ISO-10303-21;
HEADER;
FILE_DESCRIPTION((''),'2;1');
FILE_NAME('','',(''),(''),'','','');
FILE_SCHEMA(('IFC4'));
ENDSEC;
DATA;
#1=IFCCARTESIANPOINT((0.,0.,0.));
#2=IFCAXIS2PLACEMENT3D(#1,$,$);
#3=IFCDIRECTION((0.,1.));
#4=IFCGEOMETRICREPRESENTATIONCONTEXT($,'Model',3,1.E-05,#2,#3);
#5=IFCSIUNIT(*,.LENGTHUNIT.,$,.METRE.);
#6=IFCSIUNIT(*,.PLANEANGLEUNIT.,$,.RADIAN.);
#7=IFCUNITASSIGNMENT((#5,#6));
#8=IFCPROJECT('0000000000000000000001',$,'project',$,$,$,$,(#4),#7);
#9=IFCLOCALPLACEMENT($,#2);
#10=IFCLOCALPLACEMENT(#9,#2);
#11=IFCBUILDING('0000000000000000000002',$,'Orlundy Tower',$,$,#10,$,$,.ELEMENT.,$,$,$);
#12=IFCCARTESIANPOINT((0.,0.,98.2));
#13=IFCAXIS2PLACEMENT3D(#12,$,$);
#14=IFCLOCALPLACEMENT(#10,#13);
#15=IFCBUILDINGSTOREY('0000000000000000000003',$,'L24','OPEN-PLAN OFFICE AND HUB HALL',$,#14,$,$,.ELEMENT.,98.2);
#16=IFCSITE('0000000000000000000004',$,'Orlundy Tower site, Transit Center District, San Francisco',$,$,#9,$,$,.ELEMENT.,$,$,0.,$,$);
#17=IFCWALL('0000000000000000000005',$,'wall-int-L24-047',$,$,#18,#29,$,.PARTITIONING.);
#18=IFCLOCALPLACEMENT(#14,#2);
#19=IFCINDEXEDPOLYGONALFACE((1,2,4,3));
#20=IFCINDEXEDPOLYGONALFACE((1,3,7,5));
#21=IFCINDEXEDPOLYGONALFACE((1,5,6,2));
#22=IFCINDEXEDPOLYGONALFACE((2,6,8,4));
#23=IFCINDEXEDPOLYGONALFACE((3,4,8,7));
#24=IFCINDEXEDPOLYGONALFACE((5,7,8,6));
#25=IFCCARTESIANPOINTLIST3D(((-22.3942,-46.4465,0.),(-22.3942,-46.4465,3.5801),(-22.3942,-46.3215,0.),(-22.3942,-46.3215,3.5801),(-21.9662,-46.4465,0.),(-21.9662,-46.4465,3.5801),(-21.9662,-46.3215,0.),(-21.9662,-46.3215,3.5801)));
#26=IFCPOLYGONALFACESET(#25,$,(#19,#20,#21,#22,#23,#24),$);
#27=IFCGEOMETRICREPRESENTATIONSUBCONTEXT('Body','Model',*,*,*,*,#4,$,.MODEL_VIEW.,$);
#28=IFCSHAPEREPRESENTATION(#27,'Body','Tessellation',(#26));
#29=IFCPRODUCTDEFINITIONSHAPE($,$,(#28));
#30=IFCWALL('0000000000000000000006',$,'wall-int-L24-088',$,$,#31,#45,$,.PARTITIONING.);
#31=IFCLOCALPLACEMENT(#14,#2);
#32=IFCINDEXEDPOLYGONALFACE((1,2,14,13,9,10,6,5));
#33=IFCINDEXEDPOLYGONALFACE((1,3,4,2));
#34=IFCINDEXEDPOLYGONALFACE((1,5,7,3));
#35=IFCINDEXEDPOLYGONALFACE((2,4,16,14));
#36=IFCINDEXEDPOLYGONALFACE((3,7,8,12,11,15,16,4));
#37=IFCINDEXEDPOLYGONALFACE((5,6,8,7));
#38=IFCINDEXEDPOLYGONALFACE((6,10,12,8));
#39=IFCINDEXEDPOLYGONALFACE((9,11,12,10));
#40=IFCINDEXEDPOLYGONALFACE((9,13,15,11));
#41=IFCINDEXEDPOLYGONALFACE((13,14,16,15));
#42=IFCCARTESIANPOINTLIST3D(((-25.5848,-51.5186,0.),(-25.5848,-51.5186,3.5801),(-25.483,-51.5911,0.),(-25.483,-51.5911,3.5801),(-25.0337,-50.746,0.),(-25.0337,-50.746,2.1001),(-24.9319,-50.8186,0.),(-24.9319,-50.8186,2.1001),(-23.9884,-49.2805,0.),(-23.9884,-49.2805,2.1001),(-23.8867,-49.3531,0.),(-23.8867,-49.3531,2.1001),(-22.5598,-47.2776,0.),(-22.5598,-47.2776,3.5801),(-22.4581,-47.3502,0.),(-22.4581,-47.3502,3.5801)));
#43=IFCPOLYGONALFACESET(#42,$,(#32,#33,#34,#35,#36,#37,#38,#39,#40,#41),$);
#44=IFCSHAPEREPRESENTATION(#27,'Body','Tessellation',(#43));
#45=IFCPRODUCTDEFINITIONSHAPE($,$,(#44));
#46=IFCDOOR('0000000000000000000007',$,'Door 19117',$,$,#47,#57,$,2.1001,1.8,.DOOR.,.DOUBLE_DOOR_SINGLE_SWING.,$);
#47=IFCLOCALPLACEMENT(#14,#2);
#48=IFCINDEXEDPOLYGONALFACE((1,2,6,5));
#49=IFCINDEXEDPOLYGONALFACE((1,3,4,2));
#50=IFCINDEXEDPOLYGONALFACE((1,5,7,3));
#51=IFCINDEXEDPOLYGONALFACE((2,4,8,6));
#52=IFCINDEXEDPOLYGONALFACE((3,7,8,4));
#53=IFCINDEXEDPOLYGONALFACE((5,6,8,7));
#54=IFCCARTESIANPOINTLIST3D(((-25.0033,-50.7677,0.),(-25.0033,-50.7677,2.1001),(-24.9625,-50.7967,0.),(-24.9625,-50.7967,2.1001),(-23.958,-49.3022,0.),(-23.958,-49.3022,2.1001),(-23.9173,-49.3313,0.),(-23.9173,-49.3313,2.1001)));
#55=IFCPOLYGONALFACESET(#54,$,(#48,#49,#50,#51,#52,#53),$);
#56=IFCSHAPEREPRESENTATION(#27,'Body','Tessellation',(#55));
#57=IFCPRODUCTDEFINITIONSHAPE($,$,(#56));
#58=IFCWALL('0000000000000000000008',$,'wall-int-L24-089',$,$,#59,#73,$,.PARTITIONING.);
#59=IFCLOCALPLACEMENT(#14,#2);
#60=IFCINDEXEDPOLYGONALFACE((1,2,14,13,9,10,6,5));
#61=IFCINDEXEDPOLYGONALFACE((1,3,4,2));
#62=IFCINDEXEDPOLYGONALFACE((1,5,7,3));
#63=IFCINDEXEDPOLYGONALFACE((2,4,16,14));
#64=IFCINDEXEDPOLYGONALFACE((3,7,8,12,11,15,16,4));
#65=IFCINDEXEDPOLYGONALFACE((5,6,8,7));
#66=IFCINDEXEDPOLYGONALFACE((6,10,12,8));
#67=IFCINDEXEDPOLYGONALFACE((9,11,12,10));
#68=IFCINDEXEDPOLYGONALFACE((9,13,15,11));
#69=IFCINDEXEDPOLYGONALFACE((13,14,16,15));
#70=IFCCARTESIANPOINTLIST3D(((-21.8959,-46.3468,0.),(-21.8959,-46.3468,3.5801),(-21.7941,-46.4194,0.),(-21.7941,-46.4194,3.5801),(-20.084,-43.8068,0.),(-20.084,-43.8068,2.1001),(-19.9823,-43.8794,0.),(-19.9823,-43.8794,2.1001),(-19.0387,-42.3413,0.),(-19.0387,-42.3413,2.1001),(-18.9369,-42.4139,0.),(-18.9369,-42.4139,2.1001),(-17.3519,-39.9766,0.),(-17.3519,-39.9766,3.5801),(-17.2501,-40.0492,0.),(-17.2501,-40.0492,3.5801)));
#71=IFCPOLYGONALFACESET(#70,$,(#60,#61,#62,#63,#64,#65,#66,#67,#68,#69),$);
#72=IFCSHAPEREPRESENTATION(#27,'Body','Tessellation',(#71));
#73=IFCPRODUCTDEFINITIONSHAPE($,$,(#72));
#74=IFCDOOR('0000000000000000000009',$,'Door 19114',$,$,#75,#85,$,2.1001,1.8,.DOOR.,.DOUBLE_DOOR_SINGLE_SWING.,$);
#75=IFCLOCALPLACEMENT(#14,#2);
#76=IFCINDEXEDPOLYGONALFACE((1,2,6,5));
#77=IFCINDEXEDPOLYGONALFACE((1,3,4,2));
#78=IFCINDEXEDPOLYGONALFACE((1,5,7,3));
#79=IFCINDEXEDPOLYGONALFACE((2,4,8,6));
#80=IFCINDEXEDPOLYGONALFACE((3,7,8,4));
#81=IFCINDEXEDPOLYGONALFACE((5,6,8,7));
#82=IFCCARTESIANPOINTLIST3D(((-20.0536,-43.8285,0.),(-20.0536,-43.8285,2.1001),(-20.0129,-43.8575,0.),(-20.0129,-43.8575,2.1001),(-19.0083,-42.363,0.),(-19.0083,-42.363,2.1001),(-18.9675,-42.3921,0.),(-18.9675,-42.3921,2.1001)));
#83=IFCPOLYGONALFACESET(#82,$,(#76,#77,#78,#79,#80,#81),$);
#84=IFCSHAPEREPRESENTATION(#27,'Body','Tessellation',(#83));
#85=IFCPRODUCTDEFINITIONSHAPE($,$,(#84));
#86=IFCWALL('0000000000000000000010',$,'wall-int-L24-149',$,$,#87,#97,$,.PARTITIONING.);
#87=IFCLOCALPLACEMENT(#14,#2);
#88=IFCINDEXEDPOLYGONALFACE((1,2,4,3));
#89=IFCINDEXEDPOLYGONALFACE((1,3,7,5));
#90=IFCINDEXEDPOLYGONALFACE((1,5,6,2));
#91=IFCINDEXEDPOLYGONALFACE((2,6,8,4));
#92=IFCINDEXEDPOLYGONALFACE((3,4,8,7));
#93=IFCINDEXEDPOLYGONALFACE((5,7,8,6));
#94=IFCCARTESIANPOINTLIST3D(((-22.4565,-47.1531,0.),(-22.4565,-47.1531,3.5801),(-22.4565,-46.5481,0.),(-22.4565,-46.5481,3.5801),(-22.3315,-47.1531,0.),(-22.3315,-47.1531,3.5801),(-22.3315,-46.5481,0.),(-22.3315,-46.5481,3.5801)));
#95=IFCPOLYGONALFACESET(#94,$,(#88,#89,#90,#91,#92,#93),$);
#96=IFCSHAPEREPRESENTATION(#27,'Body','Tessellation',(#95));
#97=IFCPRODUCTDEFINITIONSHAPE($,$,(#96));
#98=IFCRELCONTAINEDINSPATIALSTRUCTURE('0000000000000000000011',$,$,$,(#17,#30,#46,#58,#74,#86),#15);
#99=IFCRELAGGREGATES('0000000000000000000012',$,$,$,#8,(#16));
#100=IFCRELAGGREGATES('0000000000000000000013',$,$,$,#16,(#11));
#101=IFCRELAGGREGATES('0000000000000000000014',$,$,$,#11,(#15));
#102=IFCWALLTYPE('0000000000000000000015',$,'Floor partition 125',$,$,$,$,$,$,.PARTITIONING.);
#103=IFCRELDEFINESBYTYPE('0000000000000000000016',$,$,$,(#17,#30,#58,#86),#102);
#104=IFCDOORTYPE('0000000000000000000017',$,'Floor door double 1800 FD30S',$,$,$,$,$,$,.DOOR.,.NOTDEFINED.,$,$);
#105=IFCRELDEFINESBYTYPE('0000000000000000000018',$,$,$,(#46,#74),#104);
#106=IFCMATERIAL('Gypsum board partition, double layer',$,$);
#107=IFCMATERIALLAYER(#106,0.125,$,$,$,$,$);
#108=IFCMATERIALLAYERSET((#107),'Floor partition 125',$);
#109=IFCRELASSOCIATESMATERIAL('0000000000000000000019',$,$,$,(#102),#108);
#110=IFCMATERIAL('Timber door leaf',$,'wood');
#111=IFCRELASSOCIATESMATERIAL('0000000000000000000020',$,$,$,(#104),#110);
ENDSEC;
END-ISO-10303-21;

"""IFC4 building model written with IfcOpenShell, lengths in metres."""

from ifc_helpers import new_model, si_unit, direction, frame, frame_2d, origin, place, context, subcontext, project, spatial, rectangle, extrude, material, layer, layer_set, type_object, element, fill, save


model = new_model("IFC4")

# Units and contexts
model_context = context("Model", 3, precision=1e-05, world=origin(), true_north=direction((0.0, 1.0)))
body_context = subcontext(model_context, "Body", "Model", "MODEL_VIEW")
ifc_project = project(units=[si_unit("LENGTHUNIT", "METRE"), si_unit("PLANEANGLEUNIT", "RADIAN")], contexts=[model_context])

# Site, building, storey
site_placement = place(None, origin())
site = spatial("IfcSite", under=ifc_project, at=site_placement, Name="Orlundy Tower site, Transit Center District, San Francisco", CompositionType="ELEMENT", RefElevation=0.0)
building_placement = place(site_placement, origin())
building = spatial("IfcBuilding", under=site, at=building_placement, Name="Orlundy Tower", CompositionType="ELEMENT")
storey_placement = place(building_placement, frame((0.0, 0.0, 98.2)))
storey = spatial("IfcBuildingStorey", under=building, at=storey_placement, Name="L24", Description="OPEN-PLAN OFFICE AND HUB HALL", CompositionType="ELEMENT", Elevation=98.2)

# Wall
ifc_material_1 = material(Name="Gypsum board partition, double layer")
ifc_layer_1 = layer(ifc_material_1, 0.125)
ifc_layer_set_1 = layer_set([ifc_layer_1], Name="Floor partition 125")
wall_type_1 = type_object("IfcWallType", Name="Floor partition 125", PredefinedType="PARTITIONING", material=ifc_layer_set_1)
wall_1_placement = place(storey_placement, frame((-22.394, -46.384, 0.0), z_axis=(0.0, 0.0, 1.0), x_axis=(1.0, 0.0, 0.0)))
element("IfcWall", 1, at=wall_1_placement, inside=storey, type_object=wall_type_1, Name="wall-int-L24-047", PredefinedType="PARTITIONING", context=body_context, shape_type="SweptSolid", body=[
    extrude(rectangle(XDim=0.428, YDim=0.125, at=frame_2d((0.2139, 0.0))), origin(), (0.0, 0.0, 1.0), 3.5801),
])

# Walls, openings, doors
wall_2_placement = place(storey_placement, frame((-22.509, -47.314, 0.0), z_axis=(0.0, 0.0, 1.0), x_axis=(-0.580684, -0.814129, 0.0)))
wall_2 = element("IfcWall", 2, at=wall_2_placement, inside=storey, type_object=wall_type_1, Name="wall-int-L24-088", PredefinedType="PARTITIONING", context=body_context, shape_type="SweptSolid", body=[
    extrude(rectangle(XDim=5.2092, YDim=0.125, at=frame_2d((2.6045, 0.0))), origin(), (0.0, 0.0, 1.0), 3.5801),
])
opening_1_placement = place(wall_2_placement, frame((2.4602, 0.0, 0.0)))
opening_1 = element("IfcOpeningElement", 3, at=opening_1_placement, cuts=wall_2, PredefinedType="OPENING", context=body_context, shape_type="SweptSolid", body=[
    extrude(rectangle(XDim=1.8, YDim=2.1001, at=frame_2d((0.8999, 1.05))), frame((0.0, 0.0725, 0.0), z_axis=(0.0, -1.0, 0.0), x_axis=(1.0, 0.0, 0.0)), (0.0, 0.0, 1.0), 0.145),
])
ifc_material_2 = material(Name="Timber door leaf", Category="wood")
door_type = type_object("IfcDoorType", Name="Floor door double 1800 FD30S", OperationType="NOTDEFINED", PredefinedType="DOOR", material=ifc_material_2)
door_1_placement = place(opening_1_placement, origin())
door_1 = element("IfcDoor", 4, at=door_1_placement, inside=storey, type_object=door_type, Name="Door 19117", OperationType="DOUBLE_DOOR_SINGLE_SWING", OverallHeight=2.1001, OverallWidth=1.8, PredefinedType="DOOR", context=body_context, shape_type="SweptSolid", body=[
    extrude(rectangle(XDim=1.8, YDim=2.1001, at=frame_2d((0.8999, 1.05))), frame((0.0, 0.0249, 0.0), z_axis=(0.0, -1.0, 0.0), x_axis=(1.0, 0.0, 0.0)), (0.0, 0.0, 1.0), 0.05),
])
fill(opening_1, door_1)
wall_3_placement = place(storey_placement, frame((-17.301, -40.0129, 0.0), z_axis=(0.0, 0.0, 1.0), x_axis=(-0.580719, -0.814104, 0.0)))
wall_3 = element("IfcWall", 5, at=wall_3_placement, inside=storey, type_object=wall_type_1, Name="wall-int-L24-089", PredefinedType="PARTITIONING", context=body_context, shape_type="SweptSolid", body=[
    extrude(rectangle(XDim=7.8247, YDim=0.125, at=frame_2d((3.9124, 0.0))), origin(), (0.0, 0.0, 1.0), 3.5801),
])
opening_2_placement = place(wall_3_placement, frame((2.9048, 0.0, 0.0)))
opening_2 = element("IfcOpeningElement", 6, at=opening_2_placement, cuts=wall_3, PredefinedType="OPENING", context=body_context, shape_type="SweptSolid", body=[
    extrude(rectangle(XDim=1.8, YDim=2.1001, at=frame_2d((0.8999, 1.05))), frame((0.0, 0.0725, 0.0), z_axis=(0.0, -1.0, 0.0), x_axis=(1.0, 0.0, 0.0)), (0.0, 0.0, 1.0), 0.145),
])
door_2_placement = place(opening_2_placement, origin())
door_2 = element("IfcDoor", 7, at=door_2_placement, inside=storey, type_object=door_type, Name="Door 19114", OperationType="DOUBLE_DOOR_SINGLE_SWING", OverallHeight=2.1001, OverallWidth=1.8, PredefinedType="DOOR", context=body_context, shape_type="SweptSolid", body=[
    extrude(rectangle(XDim=1.8, YDim=2.1001, at=frame_2d((0.8999, 1.05))), frame((0.0, 0.0249, 0.0), z_axis=(0.0, -1.0, 0.0), x_axis=(1.0, 0.0, 0.0)), (0.0, 0.0, 1.0), 0.05),
])
fill(opening_2, door_2)

# Wall
wall_4_placement = place(storey_placement, frame((-22.394, -47.1531, 0.0), z_axis=(0.0, 0.0, 1.0), x_axis=(0.0, 1.0, 0.0)))
element("IfcWall", 8, at=wall_4_placement, inside=storey, type_object=wall_type_1, Name="wall-int-L24-149", PredefinedType="PARTITIONING", context=body_context, shape_type="SweptSolid", body=[
    extrude(rectangle(XDim=0.605, YDim=0.125, at=frame_2d((0.3025, 0.0))), origin(), (0.0, 0.0, 1.0), 3.5801),
])

save(model, "model.ifc")
